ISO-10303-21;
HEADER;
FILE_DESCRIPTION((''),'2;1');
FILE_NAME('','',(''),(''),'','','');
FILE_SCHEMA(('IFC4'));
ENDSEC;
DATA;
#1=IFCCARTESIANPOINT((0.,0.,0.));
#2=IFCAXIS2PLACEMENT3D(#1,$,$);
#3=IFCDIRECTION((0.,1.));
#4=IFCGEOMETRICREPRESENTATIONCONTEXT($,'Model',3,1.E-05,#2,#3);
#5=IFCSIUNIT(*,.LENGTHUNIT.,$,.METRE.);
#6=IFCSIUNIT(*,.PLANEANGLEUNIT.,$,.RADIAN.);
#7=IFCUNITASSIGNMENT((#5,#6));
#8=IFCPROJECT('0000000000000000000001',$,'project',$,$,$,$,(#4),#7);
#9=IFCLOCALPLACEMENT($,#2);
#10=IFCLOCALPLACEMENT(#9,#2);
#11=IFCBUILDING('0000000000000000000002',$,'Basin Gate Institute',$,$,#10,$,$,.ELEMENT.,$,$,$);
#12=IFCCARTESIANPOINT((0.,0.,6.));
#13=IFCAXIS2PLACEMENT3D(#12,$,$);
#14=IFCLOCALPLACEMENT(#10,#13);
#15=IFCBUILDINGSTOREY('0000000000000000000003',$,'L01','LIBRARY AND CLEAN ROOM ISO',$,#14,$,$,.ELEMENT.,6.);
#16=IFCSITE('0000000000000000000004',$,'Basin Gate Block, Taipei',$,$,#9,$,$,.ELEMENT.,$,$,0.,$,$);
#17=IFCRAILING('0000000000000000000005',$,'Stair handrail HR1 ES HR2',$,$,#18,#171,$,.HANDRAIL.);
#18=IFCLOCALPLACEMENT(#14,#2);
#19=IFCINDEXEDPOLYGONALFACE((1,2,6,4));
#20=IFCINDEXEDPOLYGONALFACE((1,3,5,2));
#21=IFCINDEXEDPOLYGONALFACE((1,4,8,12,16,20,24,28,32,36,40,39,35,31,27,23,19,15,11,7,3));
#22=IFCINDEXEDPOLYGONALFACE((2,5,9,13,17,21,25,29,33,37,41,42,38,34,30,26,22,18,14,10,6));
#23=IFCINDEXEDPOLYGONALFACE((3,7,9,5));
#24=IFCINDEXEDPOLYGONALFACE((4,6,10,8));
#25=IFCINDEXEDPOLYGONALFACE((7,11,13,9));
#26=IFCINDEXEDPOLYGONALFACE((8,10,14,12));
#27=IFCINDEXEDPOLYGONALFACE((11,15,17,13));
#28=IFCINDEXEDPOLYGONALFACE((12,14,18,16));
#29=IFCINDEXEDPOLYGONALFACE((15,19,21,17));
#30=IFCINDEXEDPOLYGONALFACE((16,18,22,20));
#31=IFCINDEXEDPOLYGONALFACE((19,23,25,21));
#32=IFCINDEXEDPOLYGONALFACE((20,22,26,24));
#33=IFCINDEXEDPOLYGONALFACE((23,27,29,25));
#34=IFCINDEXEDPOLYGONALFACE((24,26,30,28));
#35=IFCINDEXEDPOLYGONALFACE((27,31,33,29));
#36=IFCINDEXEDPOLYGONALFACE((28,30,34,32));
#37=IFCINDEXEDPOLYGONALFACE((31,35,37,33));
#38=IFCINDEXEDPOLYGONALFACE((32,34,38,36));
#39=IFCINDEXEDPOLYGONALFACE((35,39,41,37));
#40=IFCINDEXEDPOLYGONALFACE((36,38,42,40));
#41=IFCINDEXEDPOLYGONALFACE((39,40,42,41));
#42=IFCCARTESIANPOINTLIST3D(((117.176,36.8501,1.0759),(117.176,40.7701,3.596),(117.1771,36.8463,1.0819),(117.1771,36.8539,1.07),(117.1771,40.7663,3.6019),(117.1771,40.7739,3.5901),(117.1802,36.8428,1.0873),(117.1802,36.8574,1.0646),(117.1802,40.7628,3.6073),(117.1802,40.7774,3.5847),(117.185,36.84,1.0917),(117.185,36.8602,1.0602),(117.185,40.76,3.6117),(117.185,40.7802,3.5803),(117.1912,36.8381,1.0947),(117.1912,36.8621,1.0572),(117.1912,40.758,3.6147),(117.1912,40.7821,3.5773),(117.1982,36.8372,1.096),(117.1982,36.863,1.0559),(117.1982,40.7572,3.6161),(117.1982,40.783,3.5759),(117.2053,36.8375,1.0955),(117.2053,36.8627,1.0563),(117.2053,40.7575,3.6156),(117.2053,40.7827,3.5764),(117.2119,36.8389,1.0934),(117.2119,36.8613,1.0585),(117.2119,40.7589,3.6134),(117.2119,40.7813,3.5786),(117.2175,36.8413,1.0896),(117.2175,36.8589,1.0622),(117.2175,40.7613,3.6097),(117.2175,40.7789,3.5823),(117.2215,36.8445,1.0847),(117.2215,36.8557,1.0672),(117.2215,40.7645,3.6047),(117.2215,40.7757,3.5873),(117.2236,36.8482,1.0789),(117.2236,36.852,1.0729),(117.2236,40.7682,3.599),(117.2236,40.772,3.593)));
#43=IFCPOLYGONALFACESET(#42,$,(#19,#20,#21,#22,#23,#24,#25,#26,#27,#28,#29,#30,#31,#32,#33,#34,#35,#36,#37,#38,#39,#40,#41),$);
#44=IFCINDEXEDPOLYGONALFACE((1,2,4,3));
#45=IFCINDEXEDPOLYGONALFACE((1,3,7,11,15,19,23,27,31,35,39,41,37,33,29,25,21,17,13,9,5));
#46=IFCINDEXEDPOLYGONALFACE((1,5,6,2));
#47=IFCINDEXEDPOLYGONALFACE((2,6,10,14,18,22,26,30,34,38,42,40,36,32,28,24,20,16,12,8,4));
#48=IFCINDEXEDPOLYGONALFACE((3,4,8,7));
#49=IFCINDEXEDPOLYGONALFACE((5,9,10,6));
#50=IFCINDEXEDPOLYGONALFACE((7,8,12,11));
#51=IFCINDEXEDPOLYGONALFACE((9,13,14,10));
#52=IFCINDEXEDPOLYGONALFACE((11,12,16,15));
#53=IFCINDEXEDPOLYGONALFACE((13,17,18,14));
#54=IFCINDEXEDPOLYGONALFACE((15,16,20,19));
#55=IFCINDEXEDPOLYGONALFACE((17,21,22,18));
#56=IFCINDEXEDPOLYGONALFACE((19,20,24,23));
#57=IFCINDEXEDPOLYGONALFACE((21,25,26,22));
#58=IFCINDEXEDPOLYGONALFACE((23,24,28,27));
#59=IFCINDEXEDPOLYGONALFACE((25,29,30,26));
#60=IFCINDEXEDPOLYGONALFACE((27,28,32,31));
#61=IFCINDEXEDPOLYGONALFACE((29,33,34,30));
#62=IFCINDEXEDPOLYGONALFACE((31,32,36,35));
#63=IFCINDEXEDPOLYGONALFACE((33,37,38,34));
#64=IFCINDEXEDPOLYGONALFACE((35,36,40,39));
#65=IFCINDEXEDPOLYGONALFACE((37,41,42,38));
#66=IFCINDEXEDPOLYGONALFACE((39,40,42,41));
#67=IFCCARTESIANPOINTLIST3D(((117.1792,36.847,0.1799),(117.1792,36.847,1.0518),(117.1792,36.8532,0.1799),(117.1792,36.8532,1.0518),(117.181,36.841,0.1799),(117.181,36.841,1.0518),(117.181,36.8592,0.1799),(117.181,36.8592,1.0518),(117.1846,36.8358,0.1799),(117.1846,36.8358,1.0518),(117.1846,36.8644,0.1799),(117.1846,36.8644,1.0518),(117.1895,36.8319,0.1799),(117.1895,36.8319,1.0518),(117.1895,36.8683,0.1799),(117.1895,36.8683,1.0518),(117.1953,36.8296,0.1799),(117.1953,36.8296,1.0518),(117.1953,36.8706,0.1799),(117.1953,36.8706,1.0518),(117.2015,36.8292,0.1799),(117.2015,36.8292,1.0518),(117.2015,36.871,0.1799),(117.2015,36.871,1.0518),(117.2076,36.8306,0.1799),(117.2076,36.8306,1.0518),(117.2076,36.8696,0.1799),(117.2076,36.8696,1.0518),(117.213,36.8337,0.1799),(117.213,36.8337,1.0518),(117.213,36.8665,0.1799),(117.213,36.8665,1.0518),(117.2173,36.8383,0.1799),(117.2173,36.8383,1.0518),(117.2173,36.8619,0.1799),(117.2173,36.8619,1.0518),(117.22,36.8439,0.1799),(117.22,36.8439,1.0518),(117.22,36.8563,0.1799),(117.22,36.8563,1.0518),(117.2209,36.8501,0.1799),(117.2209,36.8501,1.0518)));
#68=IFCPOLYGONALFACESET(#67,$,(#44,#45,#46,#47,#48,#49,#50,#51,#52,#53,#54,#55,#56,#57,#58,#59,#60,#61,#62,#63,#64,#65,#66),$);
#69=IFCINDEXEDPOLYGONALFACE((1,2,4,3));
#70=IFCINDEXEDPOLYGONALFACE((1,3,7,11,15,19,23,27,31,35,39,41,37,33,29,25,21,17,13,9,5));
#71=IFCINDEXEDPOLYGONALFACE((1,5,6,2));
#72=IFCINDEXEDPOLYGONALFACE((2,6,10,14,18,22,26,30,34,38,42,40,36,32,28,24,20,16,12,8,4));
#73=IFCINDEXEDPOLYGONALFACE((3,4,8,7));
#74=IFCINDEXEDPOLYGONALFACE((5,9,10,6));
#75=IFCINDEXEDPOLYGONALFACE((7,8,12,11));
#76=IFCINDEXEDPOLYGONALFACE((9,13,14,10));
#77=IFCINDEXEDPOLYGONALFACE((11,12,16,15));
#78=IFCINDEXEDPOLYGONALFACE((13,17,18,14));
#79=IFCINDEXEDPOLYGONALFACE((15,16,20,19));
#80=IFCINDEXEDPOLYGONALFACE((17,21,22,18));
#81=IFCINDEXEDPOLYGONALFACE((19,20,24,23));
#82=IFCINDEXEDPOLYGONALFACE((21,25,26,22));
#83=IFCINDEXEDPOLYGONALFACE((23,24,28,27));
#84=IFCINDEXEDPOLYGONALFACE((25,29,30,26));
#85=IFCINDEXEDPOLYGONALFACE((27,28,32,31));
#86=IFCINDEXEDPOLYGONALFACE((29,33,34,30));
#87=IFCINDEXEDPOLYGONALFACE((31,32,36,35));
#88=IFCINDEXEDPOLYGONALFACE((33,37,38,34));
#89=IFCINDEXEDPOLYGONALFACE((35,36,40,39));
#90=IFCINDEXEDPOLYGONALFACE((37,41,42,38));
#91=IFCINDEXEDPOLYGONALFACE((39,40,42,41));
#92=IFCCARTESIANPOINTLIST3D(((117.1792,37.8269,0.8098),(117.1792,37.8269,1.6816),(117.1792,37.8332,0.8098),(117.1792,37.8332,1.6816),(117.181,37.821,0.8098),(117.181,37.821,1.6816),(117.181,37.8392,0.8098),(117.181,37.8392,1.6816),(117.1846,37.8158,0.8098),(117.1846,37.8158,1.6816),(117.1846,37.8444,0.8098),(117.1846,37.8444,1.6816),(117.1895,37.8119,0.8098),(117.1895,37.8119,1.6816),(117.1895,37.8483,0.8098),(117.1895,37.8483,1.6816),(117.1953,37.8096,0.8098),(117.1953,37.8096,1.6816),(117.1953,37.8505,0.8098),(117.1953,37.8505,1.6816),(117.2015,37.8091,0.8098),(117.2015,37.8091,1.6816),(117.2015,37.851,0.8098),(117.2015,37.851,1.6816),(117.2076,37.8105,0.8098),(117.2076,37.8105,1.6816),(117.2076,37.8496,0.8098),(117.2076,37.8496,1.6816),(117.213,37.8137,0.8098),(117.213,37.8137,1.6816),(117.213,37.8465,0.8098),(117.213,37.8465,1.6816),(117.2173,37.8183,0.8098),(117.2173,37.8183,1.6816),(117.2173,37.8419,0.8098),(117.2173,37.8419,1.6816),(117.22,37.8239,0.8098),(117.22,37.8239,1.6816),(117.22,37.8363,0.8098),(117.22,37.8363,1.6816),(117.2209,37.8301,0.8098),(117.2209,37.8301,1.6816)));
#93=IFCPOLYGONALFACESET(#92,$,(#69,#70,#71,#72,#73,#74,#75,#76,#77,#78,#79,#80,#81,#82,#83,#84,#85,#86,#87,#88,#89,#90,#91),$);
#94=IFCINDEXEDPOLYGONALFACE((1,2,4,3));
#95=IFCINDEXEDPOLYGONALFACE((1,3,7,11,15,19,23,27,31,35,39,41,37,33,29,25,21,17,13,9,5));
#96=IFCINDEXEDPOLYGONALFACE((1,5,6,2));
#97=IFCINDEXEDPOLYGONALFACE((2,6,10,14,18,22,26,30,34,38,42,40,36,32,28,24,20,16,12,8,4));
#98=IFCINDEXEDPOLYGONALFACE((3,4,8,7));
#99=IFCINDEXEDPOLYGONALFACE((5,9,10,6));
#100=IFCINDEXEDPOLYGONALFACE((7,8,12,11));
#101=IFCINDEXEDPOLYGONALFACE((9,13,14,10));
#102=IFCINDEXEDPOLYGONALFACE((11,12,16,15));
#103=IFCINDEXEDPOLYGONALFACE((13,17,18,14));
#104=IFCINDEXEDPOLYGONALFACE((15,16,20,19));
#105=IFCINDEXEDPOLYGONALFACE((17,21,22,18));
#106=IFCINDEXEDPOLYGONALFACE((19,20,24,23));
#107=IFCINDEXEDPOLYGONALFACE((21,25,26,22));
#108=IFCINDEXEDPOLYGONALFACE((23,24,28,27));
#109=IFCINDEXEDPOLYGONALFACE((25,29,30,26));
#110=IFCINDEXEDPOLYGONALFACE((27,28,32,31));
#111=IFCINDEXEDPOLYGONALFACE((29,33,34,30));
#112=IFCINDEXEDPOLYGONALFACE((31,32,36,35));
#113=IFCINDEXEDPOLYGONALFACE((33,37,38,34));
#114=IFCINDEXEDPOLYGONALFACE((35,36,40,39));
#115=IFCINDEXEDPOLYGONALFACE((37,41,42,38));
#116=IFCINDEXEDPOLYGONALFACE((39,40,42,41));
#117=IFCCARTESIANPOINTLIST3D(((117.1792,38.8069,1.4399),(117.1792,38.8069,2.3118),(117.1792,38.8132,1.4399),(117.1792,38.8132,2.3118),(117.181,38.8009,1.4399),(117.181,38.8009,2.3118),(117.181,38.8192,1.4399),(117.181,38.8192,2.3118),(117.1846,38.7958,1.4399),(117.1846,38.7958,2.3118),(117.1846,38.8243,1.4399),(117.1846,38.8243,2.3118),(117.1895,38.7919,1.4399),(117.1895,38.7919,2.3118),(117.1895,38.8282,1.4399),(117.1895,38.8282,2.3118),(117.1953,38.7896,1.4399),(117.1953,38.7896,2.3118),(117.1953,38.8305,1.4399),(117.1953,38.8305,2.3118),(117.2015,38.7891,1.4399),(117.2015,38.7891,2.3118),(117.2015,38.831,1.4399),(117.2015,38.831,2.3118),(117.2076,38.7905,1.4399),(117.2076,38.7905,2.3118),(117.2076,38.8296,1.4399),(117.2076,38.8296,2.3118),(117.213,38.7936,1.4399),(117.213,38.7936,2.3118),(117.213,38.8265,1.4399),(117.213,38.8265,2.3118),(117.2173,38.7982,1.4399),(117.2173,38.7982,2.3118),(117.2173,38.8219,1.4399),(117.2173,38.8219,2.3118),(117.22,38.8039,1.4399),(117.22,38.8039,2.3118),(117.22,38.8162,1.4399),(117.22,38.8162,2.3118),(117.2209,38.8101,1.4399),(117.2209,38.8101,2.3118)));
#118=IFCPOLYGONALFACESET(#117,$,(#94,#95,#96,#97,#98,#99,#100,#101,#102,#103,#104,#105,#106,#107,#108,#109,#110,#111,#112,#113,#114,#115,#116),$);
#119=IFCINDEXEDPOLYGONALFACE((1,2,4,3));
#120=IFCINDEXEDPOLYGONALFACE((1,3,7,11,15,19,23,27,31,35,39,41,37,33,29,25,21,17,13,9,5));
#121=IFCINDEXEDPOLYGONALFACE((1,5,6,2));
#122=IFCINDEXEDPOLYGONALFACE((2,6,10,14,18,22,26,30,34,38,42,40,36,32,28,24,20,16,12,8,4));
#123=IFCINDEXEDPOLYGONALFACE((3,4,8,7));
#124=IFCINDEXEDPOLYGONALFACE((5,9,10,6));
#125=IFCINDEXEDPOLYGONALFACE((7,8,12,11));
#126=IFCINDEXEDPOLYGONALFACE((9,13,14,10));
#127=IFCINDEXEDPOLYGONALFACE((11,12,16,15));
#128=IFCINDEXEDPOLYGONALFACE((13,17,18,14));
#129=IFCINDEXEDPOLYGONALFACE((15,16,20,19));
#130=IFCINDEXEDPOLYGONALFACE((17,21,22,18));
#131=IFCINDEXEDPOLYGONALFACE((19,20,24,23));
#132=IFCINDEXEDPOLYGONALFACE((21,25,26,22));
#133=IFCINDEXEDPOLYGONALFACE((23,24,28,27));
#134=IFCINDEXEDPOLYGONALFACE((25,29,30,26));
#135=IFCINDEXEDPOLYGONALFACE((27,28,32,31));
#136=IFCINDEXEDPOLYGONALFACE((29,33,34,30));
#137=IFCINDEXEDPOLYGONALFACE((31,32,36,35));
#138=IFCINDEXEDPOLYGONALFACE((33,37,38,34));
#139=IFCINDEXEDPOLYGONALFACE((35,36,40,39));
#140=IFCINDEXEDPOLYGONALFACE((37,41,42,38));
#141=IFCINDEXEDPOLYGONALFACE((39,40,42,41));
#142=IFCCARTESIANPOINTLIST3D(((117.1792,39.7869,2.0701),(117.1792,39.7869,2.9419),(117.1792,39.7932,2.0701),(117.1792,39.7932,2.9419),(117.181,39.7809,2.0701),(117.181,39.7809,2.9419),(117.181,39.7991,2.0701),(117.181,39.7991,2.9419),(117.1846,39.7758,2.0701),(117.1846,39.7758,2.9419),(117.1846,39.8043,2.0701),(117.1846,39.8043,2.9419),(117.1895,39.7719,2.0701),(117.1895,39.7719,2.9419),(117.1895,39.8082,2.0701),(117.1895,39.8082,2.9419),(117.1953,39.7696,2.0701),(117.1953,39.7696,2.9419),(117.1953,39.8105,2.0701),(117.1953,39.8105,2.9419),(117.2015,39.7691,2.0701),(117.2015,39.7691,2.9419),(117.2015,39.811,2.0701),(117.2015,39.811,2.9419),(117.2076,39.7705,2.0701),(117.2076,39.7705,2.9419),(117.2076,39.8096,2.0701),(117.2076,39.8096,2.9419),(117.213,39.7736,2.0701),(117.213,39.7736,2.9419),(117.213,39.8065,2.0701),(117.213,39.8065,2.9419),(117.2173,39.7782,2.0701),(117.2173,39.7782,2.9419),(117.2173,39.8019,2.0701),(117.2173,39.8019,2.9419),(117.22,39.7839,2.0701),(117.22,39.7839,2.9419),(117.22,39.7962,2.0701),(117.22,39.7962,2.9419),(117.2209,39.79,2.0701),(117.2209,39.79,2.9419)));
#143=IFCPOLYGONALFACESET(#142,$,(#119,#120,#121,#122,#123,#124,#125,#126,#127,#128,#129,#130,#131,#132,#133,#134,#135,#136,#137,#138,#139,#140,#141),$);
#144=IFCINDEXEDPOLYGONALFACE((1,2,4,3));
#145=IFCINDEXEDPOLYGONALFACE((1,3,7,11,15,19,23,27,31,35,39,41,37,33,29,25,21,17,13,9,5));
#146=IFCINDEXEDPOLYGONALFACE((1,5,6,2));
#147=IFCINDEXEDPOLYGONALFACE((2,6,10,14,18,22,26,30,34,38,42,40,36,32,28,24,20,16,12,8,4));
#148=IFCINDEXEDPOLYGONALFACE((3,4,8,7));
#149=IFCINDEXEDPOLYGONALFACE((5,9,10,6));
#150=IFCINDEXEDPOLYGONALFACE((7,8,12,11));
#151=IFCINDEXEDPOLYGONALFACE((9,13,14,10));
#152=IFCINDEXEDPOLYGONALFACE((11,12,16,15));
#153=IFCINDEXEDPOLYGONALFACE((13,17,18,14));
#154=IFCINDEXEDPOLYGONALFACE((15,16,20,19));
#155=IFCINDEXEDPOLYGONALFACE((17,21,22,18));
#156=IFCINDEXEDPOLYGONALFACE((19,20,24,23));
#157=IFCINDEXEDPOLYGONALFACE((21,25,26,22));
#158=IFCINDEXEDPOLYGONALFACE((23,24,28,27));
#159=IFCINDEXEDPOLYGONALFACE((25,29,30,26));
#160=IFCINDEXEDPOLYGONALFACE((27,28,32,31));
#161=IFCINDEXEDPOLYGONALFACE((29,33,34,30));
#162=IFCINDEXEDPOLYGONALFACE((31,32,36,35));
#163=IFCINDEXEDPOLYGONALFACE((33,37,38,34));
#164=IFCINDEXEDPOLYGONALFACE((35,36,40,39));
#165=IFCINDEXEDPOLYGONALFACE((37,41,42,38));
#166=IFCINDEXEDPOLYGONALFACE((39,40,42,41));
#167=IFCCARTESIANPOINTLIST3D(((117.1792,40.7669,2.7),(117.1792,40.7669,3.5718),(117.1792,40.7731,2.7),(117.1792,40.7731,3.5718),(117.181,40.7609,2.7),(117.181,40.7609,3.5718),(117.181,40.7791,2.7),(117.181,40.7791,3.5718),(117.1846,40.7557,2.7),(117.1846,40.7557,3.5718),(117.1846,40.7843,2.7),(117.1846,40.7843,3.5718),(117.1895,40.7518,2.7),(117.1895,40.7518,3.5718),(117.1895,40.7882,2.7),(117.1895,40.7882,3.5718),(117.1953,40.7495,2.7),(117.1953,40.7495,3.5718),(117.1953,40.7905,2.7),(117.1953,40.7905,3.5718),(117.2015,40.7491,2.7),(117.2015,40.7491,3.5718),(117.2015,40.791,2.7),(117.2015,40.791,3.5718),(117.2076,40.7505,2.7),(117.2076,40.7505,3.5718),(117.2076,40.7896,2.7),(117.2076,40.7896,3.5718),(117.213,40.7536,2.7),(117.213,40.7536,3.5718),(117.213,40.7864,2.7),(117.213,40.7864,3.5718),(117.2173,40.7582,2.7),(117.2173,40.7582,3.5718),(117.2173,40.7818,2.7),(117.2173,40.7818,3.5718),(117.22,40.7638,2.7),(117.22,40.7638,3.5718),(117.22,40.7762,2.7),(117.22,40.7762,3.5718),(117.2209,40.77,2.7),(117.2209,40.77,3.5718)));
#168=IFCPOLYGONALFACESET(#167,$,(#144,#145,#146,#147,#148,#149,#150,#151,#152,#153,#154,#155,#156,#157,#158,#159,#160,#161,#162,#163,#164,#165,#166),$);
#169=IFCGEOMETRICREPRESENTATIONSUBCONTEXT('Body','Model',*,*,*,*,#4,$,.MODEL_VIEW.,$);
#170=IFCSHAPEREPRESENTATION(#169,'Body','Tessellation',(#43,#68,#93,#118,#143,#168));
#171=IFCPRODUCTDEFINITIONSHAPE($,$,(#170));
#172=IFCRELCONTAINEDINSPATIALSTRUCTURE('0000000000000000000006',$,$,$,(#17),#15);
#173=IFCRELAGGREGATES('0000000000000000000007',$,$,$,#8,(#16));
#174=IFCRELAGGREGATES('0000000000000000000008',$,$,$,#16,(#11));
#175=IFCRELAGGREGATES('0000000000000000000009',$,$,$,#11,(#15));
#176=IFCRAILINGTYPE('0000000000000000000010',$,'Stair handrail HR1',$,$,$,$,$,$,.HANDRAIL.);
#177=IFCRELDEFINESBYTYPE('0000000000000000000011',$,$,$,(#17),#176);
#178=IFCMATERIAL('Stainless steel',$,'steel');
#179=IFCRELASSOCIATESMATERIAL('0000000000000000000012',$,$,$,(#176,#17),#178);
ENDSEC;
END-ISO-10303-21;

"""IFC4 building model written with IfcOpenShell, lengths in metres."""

from ifc_helpers import new_model, si_unit, direction, frame, origin, origin_2d, place, context, subcontext, project, spatial, circle, extrude, material, type_object, element, save


model = new_model("IFC4")

# Units and contexts
model_context = context("Model", 3, precision=1e-05, world=origin(), true_north=direction((0.0, 1.0)))
body_context = subcontext(model_context, "Body", "Model", "MODEL_VIEW")
ifc_project = project(units=[si_unit("LENGTHUNIT", "METRE"), si_unit("PLANEANGLEUNIT", "RADIAN")], contexts=[model_context])

# Site, building, storey
site_placement = place(None, origin())
site = spatial("IfcSite", under=ifc_project, at=site_placement, Name="Basin Gate Block, Taipei", CompositionType="ELEMENT", RefElevation=0.0)
building_placement = place(site_placement, origin())
building = spatial("IfcBuilding", under=site, at=building_placement, Name="Basin Gate Institute", CompositionType="ELEMENT")
storey_placement = place(building_placement, frame((0.0, 0.0, 6.0)))
storey = spatial("IfcBuildingStorey", under=building, at=storey_placement, Name="L01", Description="LIBRARY AND CLEAN ROOM ISO", CompositionType="ELEMENT", Elevation=6.0)

# Railing
ifc_material_1 = material(Name="Stainless steel", Category="steel")
railing_type_1 = type_object("IfcRailingType", Name="Stair handrail HR1", PredefinedType="HANDRAIL", material=ifc_material_1)
railing_1_placement = place(storey_placement, frame((117.2, 36.8501, 0.1799)))
element("IfcRailing", 1, at=railing_1_placement, inside=storey, type_object=railing_type_1, material=ifc_material_1, Name="Stair handrail HR1 ES HR2", PredefinedType="HANDRAIL", context=body_context, shape_type="SweptSolid", body=[
    extrude(circle(Radius=0.0239, at=origin_2d()), frame((0.0, 0.0, 0.896), z_axis=(0.0, 0.841172, 0.540768), x_axis=(-1.0, 0.0, 0.0)), (0.0, 0.0, 1.0), 4.6602),
    extrude(circle(Radius=0.021, at=origin_2d()), origin(), (0.0, 0.0, 1.0), 0.8718),
    extrude(circle(Radius=0.021, at=origin_2d()), frame((0.0, 0.98, 0.6299)), (0.0, 0.0, 1.0), 0.8718),
    extrude(circle(Radius=0.021, at=origin_2d()), frame((0.0, 1.96, 1.26)), (0.0, 0.0, 1.0), 0.8718),
    extrude(circle(Radius=0.021, at=origin_2d()), frame((0.0, 2.9399, 1.8901)), (0.0, 0.0, 1.0), 0.8718),
    extrude(circle(Radius=0.021, at=origin_2d()), frame((0.0, 3.9199, 2.52)), (0.0, 0.0, 1.0), 0.8718),
])

save(model, "model.ifc")
